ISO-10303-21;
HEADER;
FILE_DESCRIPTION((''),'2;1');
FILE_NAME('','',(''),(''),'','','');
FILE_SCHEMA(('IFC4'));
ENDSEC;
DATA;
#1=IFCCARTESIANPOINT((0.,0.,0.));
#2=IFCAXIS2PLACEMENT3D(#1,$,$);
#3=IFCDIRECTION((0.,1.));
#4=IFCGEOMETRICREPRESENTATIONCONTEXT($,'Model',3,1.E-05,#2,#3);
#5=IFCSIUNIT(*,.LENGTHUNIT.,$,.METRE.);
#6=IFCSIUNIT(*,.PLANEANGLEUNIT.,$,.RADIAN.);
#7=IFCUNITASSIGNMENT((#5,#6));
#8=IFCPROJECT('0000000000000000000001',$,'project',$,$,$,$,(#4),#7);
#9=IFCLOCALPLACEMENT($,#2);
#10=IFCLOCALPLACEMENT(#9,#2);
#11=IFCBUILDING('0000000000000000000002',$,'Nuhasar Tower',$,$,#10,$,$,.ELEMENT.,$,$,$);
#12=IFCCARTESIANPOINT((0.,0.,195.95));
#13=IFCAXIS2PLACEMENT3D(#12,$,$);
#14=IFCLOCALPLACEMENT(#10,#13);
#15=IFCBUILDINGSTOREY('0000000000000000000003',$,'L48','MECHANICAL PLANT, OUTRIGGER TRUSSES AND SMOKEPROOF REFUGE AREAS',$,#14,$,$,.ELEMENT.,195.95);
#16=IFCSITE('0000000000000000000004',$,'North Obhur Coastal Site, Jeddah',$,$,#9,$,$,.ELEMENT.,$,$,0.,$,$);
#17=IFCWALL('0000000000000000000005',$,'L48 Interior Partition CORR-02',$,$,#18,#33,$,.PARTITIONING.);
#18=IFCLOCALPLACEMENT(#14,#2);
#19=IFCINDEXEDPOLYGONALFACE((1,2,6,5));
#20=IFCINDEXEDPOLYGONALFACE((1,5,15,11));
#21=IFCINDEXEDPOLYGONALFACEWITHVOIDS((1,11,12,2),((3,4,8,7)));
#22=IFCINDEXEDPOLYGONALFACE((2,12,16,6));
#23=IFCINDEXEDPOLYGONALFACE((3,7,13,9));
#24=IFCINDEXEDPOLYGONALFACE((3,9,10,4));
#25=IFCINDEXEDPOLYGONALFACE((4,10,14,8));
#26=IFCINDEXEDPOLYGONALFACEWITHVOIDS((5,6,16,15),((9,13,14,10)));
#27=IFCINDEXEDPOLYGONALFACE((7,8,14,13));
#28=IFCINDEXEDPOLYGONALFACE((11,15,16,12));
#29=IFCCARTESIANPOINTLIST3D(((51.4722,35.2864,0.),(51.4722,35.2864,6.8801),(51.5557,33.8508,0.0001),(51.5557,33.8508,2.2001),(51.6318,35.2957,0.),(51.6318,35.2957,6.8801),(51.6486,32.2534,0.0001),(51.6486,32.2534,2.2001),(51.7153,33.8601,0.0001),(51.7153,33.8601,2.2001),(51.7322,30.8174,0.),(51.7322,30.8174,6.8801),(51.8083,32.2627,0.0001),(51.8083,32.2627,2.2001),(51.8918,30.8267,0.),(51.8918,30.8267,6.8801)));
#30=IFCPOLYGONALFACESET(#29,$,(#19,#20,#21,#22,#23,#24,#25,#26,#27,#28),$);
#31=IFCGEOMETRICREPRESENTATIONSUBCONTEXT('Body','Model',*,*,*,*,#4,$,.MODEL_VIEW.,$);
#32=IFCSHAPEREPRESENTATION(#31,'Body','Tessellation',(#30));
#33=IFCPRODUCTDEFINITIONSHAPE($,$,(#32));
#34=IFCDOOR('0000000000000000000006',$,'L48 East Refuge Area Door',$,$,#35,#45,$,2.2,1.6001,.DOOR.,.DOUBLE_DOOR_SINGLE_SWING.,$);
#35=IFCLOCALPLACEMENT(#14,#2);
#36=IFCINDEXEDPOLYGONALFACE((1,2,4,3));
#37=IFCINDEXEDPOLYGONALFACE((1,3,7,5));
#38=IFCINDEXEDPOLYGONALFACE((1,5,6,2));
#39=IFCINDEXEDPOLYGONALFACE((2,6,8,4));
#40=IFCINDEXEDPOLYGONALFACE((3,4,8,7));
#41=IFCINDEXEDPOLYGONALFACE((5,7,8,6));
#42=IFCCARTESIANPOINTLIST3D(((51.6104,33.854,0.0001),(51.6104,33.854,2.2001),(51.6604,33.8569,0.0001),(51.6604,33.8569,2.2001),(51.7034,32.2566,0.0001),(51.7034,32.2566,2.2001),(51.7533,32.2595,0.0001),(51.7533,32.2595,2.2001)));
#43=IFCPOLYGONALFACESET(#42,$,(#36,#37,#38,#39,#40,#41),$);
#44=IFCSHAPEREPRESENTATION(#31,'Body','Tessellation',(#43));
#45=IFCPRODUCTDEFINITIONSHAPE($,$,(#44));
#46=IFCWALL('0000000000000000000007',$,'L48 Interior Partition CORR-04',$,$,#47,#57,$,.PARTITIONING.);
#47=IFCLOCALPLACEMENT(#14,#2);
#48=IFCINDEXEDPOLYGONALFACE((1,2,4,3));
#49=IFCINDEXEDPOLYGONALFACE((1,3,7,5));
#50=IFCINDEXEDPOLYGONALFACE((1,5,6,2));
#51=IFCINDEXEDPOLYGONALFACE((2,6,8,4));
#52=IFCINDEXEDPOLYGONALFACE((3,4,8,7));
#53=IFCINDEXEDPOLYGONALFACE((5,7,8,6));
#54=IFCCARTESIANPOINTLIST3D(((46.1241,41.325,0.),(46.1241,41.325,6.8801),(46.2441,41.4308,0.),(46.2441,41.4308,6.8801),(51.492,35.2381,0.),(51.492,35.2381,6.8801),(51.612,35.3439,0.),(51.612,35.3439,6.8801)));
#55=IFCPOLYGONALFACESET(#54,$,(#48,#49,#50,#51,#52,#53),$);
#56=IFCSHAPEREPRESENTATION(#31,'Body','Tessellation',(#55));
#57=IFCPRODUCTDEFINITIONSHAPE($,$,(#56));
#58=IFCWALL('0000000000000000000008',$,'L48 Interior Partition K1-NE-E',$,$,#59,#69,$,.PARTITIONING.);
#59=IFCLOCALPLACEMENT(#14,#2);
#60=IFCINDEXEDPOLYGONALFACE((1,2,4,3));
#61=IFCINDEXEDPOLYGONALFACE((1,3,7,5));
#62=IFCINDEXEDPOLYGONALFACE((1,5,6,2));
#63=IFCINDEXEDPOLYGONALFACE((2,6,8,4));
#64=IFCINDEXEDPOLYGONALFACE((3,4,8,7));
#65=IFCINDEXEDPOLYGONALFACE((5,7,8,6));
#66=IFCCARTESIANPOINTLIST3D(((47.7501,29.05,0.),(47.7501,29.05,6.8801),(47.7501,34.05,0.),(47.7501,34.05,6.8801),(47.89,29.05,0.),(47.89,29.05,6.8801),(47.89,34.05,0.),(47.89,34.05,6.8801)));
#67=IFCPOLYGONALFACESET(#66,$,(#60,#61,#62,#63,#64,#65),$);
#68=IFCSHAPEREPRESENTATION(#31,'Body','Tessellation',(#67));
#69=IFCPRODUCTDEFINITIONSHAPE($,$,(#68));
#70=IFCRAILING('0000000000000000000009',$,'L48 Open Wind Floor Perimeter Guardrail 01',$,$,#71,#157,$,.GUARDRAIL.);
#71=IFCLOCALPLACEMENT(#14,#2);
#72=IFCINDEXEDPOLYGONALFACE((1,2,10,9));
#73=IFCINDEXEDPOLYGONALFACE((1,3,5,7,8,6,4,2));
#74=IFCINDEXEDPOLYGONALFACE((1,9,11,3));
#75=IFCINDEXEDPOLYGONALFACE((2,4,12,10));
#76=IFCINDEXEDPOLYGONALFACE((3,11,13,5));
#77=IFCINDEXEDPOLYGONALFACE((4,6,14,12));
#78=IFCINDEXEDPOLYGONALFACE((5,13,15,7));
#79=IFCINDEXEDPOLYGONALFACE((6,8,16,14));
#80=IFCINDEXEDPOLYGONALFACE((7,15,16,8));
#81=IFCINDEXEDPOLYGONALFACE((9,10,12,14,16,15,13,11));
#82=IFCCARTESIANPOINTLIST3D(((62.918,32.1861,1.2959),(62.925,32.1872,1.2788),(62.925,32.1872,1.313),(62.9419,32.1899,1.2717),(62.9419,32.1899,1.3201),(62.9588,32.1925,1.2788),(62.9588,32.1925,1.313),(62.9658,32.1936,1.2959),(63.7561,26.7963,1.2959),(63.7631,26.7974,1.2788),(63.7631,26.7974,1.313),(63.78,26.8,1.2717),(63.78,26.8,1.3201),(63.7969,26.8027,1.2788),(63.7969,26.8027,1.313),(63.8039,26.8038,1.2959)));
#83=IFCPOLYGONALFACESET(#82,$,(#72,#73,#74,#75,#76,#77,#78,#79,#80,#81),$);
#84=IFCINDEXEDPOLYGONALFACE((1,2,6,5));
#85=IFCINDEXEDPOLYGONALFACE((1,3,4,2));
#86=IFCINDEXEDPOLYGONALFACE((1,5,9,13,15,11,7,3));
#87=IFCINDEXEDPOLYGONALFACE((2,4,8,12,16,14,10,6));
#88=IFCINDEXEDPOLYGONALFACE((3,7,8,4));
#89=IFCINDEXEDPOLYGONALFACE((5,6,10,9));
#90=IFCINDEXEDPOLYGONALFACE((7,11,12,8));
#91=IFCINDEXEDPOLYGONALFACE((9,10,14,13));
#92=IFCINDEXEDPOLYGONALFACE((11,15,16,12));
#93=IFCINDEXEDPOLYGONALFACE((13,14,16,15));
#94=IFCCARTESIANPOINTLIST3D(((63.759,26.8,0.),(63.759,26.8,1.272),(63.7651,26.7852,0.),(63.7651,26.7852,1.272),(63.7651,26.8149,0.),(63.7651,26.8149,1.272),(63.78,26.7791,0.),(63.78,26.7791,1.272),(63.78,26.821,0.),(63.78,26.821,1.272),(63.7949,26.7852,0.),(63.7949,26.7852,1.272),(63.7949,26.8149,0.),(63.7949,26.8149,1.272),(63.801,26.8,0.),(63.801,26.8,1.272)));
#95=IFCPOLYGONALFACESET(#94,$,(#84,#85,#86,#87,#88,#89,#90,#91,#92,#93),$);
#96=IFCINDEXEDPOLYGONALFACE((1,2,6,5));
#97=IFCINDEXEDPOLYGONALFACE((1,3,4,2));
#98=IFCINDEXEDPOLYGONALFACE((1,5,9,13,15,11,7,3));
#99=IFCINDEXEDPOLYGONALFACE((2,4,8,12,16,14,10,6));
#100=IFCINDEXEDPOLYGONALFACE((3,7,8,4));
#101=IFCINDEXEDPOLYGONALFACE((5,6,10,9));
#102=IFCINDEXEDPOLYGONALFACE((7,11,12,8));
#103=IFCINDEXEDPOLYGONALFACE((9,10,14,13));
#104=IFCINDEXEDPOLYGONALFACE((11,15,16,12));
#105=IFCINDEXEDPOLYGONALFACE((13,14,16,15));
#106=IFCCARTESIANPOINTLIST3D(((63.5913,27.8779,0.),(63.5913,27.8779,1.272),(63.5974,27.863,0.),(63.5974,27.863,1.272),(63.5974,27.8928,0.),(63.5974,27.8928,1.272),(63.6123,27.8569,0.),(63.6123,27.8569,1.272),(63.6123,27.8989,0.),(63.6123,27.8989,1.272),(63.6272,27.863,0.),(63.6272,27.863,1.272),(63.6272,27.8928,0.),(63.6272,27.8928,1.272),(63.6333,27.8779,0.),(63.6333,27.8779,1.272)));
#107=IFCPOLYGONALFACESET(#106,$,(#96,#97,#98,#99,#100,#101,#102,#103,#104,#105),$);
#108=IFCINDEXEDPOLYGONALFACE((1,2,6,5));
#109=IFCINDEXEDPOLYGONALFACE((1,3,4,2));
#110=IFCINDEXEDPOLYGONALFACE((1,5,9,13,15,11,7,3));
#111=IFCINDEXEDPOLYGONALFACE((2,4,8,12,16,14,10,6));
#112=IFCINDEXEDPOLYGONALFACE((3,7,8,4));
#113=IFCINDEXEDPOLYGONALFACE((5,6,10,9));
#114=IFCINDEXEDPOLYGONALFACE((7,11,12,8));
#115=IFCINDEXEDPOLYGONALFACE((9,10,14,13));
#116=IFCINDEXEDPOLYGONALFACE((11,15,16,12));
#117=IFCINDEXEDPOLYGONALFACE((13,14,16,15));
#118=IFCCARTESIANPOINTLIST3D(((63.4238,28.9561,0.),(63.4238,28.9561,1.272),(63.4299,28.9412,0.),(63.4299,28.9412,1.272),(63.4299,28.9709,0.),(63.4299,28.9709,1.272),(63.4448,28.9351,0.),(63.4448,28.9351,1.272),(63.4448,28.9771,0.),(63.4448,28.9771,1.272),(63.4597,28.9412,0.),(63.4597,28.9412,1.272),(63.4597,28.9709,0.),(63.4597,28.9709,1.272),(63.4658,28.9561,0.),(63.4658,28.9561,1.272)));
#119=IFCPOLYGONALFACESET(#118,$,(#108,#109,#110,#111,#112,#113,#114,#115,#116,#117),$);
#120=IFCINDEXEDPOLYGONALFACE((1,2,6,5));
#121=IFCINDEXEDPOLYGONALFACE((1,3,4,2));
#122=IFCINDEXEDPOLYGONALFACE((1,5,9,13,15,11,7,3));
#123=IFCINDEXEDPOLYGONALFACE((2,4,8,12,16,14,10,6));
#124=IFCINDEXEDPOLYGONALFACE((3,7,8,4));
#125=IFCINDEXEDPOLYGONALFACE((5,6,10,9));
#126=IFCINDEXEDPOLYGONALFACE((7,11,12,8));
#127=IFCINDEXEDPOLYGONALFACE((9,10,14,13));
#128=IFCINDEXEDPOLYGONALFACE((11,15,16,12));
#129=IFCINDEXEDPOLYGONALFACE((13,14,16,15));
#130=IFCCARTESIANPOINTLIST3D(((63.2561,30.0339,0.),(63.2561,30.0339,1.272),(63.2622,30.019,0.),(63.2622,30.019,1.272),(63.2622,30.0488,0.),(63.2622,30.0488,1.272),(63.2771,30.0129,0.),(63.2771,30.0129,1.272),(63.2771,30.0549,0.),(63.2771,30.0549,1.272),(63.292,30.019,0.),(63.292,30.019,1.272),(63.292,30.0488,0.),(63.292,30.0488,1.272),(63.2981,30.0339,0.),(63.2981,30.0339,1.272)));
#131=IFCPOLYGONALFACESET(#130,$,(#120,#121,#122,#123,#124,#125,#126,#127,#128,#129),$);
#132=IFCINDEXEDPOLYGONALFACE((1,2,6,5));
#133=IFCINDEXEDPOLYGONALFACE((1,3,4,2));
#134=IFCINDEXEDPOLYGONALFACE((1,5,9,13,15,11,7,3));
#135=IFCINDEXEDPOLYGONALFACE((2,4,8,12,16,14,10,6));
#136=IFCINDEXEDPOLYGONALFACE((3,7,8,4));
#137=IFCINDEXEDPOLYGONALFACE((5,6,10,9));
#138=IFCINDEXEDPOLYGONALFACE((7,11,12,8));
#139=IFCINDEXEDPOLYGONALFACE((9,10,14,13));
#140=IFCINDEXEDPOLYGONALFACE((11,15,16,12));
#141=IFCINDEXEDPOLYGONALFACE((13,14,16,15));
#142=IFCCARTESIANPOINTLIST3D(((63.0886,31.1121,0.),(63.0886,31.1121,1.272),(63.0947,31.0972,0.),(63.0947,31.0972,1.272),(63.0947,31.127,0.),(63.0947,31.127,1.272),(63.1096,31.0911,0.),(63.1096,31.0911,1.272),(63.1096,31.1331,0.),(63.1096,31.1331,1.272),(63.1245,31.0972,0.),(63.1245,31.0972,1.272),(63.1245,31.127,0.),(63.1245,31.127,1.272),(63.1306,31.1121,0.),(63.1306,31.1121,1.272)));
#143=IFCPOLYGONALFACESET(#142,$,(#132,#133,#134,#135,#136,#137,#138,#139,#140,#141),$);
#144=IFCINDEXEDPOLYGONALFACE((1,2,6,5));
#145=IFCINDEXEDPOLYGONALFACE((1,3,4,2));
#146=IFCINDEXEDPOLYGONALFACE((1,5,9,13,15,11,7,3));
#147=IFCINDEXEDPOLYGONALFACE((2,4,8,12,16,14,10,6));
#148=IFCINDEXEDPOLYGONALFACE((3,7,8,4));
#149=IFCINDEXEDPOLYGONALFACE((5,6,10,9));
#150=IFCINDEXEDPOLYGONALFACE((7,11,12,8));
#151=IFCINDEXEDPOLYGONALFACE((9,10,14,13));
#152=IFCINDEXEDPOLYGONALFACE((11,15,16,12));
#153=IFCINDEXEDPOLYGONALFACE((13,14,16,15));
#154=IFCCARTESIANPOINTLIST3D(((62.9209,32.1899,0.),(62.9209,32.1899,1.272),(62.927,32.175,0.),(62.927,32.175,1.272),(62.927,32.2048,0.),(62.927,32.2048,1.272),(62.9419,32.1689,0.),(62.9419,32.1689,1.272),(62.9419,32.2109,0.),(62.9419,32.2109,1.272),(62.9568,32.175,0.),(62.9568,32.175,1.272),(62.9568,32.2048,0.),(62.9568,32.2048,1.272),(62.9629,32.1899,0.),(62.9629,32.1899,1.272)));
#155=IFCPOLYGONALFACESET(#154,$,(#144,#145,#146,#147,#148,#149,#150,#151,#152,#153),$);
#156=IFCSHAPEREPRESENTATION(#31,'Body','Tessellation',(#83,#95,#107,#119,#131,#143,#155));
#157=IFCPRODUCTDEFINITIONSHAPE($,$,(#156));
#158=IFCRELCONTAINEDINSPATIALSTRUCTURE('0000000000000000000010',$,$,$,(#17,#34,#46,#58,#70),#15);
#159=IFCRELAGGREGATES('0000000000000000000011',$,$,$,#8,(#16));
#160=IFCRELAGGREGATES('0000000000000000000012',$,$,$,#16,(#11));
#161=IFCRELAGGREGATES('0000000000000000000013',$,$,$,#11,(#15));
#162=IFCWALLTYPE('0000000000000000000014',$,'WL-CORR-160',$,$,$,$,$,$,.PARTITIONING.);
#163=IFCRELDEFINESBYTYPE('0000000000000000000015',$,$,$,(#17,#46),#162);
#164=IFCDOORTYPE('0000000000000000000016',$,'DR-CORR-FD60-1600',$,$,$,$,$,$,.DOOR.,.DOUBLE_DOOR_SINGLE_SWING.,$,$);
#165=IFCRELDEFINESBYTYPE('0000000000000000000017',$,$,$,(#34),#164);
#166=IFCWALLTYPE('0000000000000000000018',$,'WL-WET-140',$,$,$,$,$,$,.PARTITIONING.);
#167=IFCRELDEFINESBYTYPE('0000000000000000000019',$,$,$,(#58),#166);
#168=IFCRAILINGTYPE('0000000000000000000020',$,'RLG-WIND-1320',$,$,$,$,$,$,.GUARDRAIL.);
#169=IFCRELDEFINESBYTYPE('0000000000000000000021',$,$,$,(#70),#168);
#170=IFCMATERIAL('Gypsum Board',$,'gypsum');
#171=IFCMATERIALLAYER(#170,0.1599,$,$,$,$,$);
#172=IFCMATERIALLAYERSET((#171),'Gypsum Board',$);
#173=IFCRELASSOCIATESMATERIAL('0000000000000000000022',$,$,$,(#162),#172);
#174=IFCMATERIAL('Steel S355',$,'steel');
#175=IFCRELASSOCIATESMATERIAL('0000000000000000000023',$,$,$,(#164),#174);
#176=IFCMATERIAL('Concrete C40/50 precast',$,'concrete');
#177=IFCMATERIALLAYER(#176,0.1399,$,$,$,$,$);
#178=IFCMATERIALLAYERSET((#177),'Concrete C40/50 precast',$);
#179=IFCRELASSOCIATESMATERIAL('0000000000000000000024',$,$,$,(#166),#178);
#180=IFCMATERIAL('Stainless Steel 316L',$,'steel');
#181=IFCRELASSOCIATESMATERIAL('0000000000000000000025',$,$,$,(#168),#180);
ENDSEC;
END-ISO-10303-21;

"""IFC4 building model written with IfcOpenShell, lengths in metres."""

from ifc_helpers import new_model, si_unit, direction, frame, frame_2d, origin, place, context, subcontext, project, spatial, polyline, rectangle, outline, extrude, material, layer, layer_set, type_object, element, fill, save


model = new_model("IFC4")

# Units and contexts
model_context = context("Model", 3, precision=1e-05, world=origin(), true_north=direction((0.0, 1.0)))
body_context = subcontext(model_context, "Body", "Model", "MODEL_VIEW")
ifc_project = project(units=[si_unit("LENGTHUNIT", "METRE"), si_unit("PLANEANGLEUNIT", "RADIAN")], contexts=[model_context])

# Site, building, storey
site_placement = place(None, origin())
site = spatial("IfcSite", under=ifc_project, at=site_placement, Name="North Obhur Coastal Site, Jeddah", CompositionType="ELEMENT", RefElevation=0.0)
building_placement = place(site_placement, origin())
building = spatial("IfcBuilding", under=site, at=building_placement, Name="Nuhasar Tower", CompositionType="ELEMENT")
storey_placement = place(building_placement, frame((0.0, 0.0, 195.95)))
storey = spatial("IfcBuildingStorey", under=building, at=storey_placement, Name="L48", Description="MECHANICAL PLANT, OUTRIGGER TRUSSES AND SMOKEPROOF REFUGE AREAS", CompositionType="ELEMENT", Elevation=195.95)

# Shared definitions
ifc_material_1 = material(Name="Steel S355", Category="steel")

# Wall, opening, door
ifc_material_2 = material(Name="Gypsum Board", Category="gypsum")
ifc_layer_1 = layer(ifc_material_2, 0.1599)
ifc_layer_set_1 = layer_set([ifc_layer_1], Name="Gypsum Board")
wall_type_1 = type_object("IfcWallType", Name="WL-CORR-160", PredefinedType="PARTITIONING", material=ifc_layer_set_1)
wall_1_placement = place(storey_placement, frame((51.552, 35.291, 0.0), z_axis=(0.0, 0.0, 1.0), x_axis=(0.058083, -0.998312, 0.0)))
wall_1 = element("IfcWall", 1, at=wall_1_placement, inside=storey, type_object=wall_type_1, Name="L48 Interior Partition CORR-02", PredefinedType="PARTITIONING", context=body_context, shape_type="SweptSolid", body=[
    extrude(rectangle(XDim=4.4766, YDim=0.1599, at=frame_2d((2.2383, 0.0))), origin(), (0.0, 0.0, 1.0), 6.8801),
])
opening_placement = place(wall_1_placement, frame((1.438, 0.0, 0.0)))
opening = element("IfcOpeningElement", 2, at=opening_placement, cuts=wall_1, PredefinedType="OPENING", context=body_context, shape_type="SweptSolid", body=[
    extrude(rectangle(XDim=1.6001, YDim=2.2, at=frame_2d((0.8, 1.1001))), frame((0.0, 0.0898, 0.0), z_axis=(0.0, -1.0, 0.0), x_axis=(1.0, 0.0, 0.0)), (0.0, 0.0, 1.0), 0.1799),
])
door_type = type_object("IfcDoorType", Name="DR-CORR-FD60-1600", OperationType="DOUBLE_DOOR_SINGLE_SWING", PredefinedType="DOOR", material=ifc_material_1)
door_placement = place(opening_placement, origin())
door = element("IfcDoor", 3, at=door_placement, inside=storey, type_object=door_type, Name="L48 East Refuge Area Door", OperationType="DOUBLE_DOOR_SINGLE_SWING", OverallHeight=2.2, OverallWidth=1.6001, PredefinedType="DOOR", context=body_context, shape_type="SweptSolid", body=[
    extrude(rectangle(XDim=1.6001, YDim=2.2, at=frame_2d((0.8, 1.1001))), frame((0.0, 0.0249, 0.0), z_axis=(0.0, -1.0, 0.0), x_axis=(1.0, 0.0, 0.0)), (0.0, 0.0, 1.0), 0.05),
])
fill(opening, door)

# Walls
wall_2_placement = place(storey_placement, frame((51.552, 35.291, 0.0), z_axis=(0.0, 0.0, 1.0), x_axis=(-0.661422, 0.750014, 0.0)))
element("IfcWall", 4, at=wall_2_placement, inside=storey, type_object=wall_type_1, Name="L48 Interior Partition CORR-04", PredefinedType="PARTITIONING", context=body_context, shape_type="SweptSolid", body=[
    extrude(rectangle(XDim=8.1157, YDim=0.1599, at=frame_2d((4.0579, 0.0))), origin(), (0.0, 0.0, 1.0), 6.8801),
])
ifc_material_3 = material(Name="Concrete C40/50 precast", Category="concrete")
ifc_layer_2 = layer(ifc_material_3, 0.1399)
ifc_layer_set_2 = layer_set([ifc_layer_2], Name="Concrete C40/50 precast")
wall_type_2 = type_object("IfcWallType", Name="WL-WET-140", PredefinedType="PARTITIONING", material=ifc_layer_set_2)
wall_3_placement = place(storey_placement, frame((47.8201, 29.05, 0.0), z_axis=(0.0, 0.0, 1.0), x_axis=(0.0, 1.0, 0.0)))
element("IfcWall", 5, at=wall_3_placement, inside=storey, type_object=wall_type_2, Name="L48 Interior Partition K1-NE-E", PredefinedType="PARTITIONING", context=body_context, shape_type="SweptSolid", body=[
    extrude(rectangle(XDim=5.0, YDim=0.1399, at=frame_2d((2.5, 0.0))), origin(), (0.0, 0.0, 1.0), 6.8801),
])

# Railing
ifc_material_4 = material(Name="Stainless Steel 316L", Category="steel")
railing_type = type_object("IfcRailingType", Name="RLG-WIND-1320", PredefinedType="GUARDRAIL", material=ifc_material_4)
railing_1_placement = place(storey_placement, frame((63.78, 26.8, 0.0)))
element("IfcRailing", 6, at=railing_1_placement, inside=storey, type_object=railing_type, Name="L48 Open Wind Floor Perimeter Guardrail 01", PredefinedType="GUARDRAIL", context=body_context, shape_type="SweptSolid", body=[
    extrude(outline(polyline([(0.0242, 0.0), (0.0171, 0.0171), (0.0, 0.0242), (-0.0171, 0.0171), (-0.0242, 0.0), (-0.0171, -0.0171), (0.0, -0.0242), (0.0171, -0.0171), (0.0242, 0.0)])), frame((0.0, 0.0, 1.2959), z_axis=(-0.153655, 0.988125, 0.0), x_axis=(-0.988125, -0.153655, 0.0)), (0.0, 0.0, 1.0), 5.4546),
    extrude(outline(polyline([(0.021, 0.0), (0.0149, 0.0149), (0.0, 0.021), (-0.0149, 0.0149), (-0.021, 0.0), (-0.0149, -0.0149), (0.0, -0.021), (0.0149, -0.0149), (0.021, 0.0)])), origin(), (0.0, 0.0, 1.0), 1.272),
    extrude(outline(polyline([(0.021, 0.0), (0.0149, 0.0149), (0.0, 0.021), (-0.0149, 0.0149), (-0.021, 0.0), (-0.0149, -0.0149), (0.0, -0.021), (0.0149, -0.0149), (0.021, 0.0)])), frame((-0.1677, 1.0779, 0.0)), (0.0, 0.0, 1.0), 1.272),
    extrude(outline(polyline([(0.021, 0.0), (0.0149, 0.0149), (0.0, 0.021), (-0.0149, 0.0149), (-0.021, 0.0), (-0.0149, -0.0149), (0.0, -0.021), (0.0149, -0.0149), (0.021, 0.0)])), frame((-0.3352, 2.156, 0.0)), (0.0, 0.0, 1.0), 1.272),
    extrude(outline(polyline([(0.021, 0.0), (0.0149, 0.0149), (0.0, 0.021), (-0.0149, 0.0149), (-0.021, 0.0), (-0.0149, -0.0149), (0.0, -0.021), (0.0149, -0.0149), (0.021, 0.0)])), frame((-0.5029, 3.2339, 0.0)), (0.0, 0.0, 1.0), 1.272),
    extrude(outline(polyline([(0.021, 0.0), (0.0149, 0.0149), (0.0, 0.021), (-0.0149, 0.0149), (-0.021, 0.0), (-0.0149, -0.0149), (0.0, -0.021), (0.0149, -0.0149), (0.021, 0.0)])), frame((-0.6704, 4.312, 0.0)), (0.0, 0.0, 1.0), 1.272),
    extrude(outline(polyline([(0.021, 0.0), (0.0149, 0.0149), (0.0, 0.021), (-0.0149, 0.0149), (-0.021, 0.0), (-0.0149, -0.0149), (0.0, -0.021), (0.0149, -0.0149), (0.021, 0.0)])), frame((-0.8381, 5.3899, 0.0)), (0.0, 0.0, 1.0), 1.272),
])

save(model, "model.ifc")
